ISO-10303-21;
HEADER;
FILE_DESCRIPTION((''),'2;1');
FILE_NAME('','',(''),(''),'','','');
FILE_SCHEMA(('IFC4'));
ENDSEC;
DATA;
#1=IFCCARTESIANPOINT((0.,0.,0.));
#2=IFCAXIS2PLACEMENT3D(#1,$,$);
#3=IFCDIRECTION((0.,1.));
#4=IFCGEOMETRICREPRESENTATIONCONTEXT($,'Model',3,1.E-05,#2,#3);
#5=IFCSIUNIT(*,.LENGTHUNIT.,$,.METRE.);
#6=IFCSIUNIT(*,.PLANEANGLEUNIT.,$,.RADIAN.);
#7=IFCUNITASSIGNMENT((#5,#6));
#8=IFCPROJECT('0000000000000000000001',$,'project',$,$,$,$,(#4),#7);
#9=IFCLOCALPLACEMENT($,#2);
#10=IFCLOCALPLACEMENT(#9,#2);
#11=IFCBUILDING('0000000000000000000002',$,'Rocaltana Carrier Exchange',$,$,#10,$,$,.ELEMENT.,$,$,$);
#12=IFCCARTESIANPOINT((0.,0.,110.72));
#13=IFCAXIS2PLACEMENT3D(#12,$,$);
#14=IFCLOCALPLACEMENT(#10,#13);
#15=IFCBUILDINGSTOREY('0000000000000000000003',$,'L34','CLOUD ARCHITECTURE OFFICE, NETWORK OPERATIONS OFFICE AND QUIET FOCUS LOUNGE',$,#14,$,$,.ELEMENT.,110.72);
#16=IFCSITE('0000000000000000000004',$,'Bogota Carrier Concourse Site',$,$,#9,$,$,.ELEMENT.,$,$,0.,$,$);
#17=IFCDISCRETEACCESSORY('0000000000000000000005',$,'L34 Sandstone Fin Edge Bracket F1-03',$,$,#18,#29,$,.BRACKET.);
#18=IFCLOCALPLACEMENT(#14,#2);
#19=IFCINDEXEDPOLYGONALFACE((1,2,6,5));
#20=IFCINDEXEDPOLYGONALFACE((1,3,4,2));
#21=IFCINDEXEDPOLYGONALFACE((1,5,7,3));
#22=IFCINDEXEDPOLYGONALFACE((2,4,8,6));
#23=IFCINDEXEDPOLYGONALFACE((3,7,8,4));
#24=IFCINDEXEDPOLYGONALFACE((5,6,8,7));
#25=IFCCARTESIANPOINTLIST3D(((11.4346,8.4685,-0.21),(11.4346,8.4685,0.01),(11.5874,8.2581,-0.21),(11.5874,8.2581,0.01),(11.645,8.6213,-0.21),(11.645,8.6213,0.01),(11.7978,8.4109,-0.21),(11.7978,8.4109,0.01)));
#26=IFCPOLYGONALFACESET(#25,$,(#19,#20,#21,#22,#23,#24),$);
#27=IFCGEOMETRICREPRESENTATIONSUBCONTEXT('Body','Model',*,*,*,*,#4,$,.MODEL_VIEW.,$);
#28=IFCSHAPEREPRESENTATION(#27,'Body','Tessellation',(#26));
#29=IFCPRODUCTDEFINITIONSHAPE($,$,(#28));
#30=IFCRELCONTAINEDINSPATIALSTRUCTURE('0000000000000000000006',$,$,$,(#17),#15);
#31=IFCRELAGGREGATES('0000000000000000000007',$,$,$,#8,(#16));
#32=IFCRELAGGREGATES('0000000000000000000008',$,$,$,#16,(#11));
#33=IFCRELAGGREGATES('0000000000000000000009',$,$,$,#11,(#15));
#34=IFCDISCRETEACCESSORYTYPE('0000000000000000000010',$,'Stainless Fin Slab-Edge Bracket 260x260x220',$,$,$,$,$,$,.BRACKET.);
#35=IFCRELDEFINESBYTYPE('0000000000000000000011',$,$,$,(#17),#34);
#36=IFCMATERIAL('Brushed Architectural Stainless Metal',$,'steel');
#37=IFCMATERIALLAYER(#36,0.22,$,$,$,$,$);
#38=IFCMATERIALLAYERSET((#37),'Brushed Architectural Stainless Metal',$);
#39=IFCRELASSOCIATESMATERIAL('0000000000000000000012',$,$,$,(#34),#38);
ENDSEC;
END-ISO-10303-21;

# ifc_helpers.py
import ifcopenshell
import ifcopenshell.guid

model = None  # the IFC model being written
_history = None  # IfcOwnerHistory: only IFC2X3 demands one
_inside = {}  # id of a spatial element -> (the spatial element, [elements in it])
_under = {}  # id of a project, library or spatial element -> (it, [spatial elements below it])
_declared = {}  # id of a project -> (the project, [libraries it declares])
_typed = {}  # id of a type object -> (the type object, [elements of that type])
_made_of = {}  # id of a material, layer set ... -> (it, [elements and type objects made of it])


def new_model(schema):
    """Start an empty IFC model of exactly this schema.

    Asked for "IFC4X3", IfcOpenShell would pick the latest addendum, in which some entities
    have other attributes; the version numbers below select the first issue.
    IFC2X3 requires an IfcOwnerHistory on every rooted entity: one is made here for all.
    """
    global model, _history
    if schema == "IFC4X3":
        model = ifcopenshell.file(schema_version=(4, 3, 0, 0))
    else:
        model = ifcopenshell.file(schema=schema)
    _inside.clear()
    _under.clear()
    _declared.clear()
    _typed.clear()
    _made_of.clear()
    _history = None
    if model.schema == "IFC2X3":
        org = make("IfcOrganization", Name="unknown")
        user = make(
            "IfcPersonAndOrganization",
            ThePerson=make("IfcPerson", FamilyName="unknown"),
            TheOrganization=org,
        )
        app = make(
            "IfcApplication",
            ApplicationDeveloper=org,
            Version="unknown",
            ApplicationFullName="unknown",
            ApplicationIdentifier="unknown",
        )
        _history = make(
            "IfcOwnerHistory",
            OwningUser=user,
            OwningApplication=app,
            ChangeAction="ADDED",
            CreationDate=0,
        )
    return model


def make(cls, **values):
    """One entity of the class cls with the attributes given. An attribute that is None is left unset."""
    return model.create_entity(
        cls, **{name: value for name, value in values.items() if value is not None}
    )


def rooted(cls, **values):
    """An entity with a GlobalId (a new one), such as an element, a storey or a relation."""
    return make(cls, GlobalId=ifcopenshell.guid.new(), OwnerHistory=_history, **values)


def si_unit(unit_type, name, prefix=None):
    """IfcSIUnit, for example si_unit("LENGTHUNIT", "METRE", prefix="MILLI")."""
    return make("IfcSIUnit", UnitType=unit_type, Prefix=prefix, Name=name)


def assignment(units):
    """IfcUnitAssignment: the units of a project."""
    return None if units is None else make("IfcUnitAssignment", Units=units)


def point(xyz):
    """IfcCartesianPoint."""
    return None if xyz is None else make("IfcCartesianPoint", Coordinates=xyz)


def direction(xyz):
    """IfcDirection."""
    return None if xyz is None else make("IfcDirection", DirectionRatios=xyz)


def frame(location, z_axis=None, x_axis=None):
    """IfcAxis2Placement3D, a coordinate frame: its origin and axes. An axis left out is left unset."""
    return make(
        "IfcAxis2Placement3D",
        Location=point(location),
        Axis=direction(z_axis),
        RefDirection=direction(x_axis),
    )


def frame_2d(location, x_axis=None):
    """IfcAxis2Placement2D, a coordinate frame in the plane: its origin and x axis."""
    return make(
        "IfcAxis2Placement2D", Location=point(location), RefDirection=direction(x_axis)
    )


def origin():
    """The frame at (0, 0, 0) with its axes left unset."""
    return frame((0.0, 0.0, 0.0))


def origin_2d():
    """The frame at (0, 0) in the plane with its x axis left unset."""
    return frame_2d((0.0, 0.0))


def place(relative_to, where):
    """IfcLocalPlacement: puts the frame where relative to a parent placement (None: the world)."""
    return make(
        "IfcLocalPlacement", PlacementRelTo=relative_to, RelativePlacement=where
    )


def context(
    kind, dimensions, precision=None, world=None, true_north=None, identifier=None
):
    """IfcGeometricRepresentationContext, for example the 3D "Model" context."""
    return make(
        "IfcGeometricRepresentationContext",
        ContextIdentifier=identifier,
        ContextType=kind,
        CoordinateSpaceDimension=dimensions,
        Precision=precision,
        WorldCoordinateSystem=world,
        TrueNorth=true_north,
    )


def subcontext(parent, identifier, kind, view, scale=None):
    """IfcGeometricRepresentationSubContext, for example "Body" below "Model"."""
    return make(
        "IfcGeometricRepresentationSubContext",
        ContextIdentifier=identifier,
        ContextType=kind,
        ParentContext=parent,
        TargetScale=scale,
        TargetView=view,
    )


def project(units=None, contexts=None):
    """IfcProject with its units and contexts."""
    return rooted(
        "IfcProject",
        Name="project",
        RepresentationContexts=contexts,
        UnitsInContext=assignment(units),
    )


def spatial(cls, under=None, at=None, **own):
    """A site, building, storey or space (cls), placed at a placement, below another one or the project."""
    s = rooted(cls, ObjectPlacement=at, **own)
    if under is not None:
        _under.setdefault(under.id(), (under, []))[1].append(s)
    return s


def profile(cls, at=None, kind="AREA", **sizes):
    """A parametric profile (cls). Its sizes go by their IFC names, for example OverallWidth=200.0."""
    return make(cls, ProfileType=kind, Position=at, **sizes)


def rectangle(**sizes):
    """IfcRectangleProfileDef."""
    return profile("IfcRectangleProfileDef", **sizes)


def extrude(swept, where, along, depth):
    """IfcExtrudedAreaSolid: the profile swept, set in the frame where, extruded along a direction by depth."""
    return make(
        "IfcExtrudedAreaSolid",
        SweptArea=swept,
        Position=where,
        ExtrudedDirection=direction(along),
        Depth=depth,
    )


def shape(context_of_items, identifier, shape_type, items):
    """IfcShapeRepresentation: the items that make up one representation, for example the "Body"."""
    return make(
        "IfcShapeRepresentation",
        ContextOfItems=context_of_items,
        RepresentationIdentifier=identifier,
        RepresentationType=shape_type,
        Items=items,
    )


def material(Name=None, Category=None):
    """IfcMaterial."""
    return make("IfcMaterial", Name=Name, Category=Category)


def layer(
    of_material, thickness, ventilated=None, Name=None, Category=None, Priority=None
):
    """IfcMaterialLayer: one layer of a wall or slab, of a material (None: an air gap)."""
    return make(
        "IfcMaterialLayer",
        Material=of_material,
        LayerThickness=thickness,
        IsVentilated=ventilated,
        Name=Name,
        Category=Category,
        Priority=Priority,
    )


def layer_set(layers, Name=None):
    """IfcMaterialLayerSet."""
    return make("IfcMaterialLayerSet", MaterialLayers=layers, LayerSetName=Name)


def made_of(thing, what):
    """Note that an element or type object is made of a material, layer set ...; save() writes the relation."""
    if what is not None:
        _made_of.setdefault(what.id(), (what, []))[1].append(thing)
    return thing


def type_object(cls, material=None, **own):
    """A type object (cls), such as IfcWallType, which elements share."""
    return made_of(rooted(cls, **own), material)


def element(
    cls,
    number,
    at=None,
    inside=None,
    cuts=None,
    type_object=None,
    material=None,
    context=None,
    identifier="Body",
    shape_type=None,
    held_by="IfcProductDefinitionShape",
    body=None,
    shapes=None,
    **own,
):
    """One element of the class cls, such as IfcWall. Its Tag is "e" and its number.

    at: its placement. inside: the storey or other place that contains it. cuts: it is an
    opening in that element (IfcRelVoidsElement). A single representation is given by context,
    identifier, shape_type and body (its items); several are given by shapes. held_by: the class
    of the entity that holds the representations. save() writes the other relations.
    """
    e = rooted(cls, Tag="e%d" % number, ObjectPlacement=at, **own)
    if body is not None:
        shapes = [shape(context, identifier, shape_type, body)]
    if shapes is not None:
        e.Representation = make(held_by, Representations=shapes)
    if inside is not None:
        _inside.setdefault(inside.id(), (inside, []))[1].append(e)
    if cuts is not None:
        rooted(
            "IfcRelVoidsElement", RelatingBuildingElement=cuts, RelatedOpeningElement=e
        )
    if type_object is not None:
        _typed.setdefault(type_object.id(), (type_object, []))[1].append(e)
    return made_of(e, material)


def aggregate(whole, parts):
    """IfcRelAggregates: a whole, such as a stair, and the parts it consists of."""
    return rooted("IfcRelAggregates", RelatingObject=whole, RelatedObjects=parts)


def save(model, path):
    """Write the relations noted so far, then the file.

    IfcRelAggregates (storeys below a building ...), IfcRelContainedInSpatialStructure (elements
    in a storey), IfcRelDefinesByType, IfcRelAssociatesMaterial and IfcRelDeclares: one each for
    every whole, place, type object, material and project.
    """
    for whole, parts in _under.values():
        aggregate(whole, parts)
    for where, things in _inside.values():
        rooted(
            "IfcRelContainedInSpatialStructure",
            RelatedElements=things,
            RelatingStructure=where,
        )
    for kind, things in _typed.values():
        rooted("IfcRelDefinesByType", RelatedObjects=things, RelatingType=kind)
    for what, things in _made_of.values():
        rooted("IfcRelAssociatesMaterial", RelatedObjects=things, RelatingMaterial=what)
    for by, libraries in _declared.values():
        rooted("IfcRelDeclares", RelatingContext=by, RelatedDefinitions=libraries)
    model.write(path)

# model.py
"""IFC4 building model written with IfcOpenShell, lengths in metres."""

from ifc_helpers import new_model, si_unit, direction, frame, origin, origin_2d, place, context, subcontext, project, spatial, rectangle, extrude, material, layer, layer_set, type_object, element, save


model = new_model("IFC4")

# Units and contexts
model_context = context("Model", 3, precision=1e-05, world=origin(), true_north=direction((0.0, 1.0)))
body_context = subcontext(model_context, "Body", "Model", "MODEL_VIEW")
ifc_project = project(units=[si_unit("LENGTHUNIT", "METRE"), si_unit("PLANEANGLEUNIT", "RADIAN")], contexts=[model_context])

# Site, building, storey
site_placement = place(None, origin())
site = spatial("IfcSite", under=ifc_project, at=site_placement, Name="Bogota Carrier Concourse Site", CompositionType="ELEMENT", RefElevation=0.0)
building_placement = place(site_placement, origin())
building = spatial("IfcBuilding", under=site, at=building_placement, Name="Rocaltana Carrier Exchange", CompositionType="ELEMENT")
storey_placement = place(building_placement, frame((0.0, 0.0, 110.72)))
storey = spatial("IfcBuildingStorey", under=building, at=storey_placement, Name="L34", Description="CLOUD ARCHITECTURE OFFICE, NETWORK OPERATIONS OFFICE AND QUIET FOCUS LOUNGE", CompositionType="ELEMENT", Elevation=110.72)

# Discrete accessory
ifc_material_1 = material(Name="Brushed Architectural Stainless Metal", Category="steel")
ifc_layer_1 = layer(ifc_material_1, 0.22)
ifc_layer_set_1 = layer_set([ifc_layer_1], Name="Brushed Architectural Stainless Metal")
discrete_accessory_type = type_object("IfcDiscreteAccessoryType", Name="Stainless Fin Slab-Edge Bracket 260x260x220", PredefinedType="BRACKET", material=ifc_layer_set_1)
discrete_accessory_placement = place(storey_placement, frame((11.6162, 8.4397, -0.21), z_axis=(0.0, 0.0, 1.0), x_axis=(-0.587785, 0.809017, 0.0)))
element("IfcDiscreteAccessory", 1, at=discrete_accessory_placement, inside=storey, type_object=discrete_accessory_type, Name="L34 Sandstone Fin Edge Bracket F1-03", PredefinedType="BRACKET", context=body_context, shape_type="SweptSolid", body=[
    extrude(rectangle(XDim=0.26, YDim=0.26, at=origin_2d()), origin(), (0.0, 0.0, 1.0), 0.22),
])

save(model, "model.ifc")
